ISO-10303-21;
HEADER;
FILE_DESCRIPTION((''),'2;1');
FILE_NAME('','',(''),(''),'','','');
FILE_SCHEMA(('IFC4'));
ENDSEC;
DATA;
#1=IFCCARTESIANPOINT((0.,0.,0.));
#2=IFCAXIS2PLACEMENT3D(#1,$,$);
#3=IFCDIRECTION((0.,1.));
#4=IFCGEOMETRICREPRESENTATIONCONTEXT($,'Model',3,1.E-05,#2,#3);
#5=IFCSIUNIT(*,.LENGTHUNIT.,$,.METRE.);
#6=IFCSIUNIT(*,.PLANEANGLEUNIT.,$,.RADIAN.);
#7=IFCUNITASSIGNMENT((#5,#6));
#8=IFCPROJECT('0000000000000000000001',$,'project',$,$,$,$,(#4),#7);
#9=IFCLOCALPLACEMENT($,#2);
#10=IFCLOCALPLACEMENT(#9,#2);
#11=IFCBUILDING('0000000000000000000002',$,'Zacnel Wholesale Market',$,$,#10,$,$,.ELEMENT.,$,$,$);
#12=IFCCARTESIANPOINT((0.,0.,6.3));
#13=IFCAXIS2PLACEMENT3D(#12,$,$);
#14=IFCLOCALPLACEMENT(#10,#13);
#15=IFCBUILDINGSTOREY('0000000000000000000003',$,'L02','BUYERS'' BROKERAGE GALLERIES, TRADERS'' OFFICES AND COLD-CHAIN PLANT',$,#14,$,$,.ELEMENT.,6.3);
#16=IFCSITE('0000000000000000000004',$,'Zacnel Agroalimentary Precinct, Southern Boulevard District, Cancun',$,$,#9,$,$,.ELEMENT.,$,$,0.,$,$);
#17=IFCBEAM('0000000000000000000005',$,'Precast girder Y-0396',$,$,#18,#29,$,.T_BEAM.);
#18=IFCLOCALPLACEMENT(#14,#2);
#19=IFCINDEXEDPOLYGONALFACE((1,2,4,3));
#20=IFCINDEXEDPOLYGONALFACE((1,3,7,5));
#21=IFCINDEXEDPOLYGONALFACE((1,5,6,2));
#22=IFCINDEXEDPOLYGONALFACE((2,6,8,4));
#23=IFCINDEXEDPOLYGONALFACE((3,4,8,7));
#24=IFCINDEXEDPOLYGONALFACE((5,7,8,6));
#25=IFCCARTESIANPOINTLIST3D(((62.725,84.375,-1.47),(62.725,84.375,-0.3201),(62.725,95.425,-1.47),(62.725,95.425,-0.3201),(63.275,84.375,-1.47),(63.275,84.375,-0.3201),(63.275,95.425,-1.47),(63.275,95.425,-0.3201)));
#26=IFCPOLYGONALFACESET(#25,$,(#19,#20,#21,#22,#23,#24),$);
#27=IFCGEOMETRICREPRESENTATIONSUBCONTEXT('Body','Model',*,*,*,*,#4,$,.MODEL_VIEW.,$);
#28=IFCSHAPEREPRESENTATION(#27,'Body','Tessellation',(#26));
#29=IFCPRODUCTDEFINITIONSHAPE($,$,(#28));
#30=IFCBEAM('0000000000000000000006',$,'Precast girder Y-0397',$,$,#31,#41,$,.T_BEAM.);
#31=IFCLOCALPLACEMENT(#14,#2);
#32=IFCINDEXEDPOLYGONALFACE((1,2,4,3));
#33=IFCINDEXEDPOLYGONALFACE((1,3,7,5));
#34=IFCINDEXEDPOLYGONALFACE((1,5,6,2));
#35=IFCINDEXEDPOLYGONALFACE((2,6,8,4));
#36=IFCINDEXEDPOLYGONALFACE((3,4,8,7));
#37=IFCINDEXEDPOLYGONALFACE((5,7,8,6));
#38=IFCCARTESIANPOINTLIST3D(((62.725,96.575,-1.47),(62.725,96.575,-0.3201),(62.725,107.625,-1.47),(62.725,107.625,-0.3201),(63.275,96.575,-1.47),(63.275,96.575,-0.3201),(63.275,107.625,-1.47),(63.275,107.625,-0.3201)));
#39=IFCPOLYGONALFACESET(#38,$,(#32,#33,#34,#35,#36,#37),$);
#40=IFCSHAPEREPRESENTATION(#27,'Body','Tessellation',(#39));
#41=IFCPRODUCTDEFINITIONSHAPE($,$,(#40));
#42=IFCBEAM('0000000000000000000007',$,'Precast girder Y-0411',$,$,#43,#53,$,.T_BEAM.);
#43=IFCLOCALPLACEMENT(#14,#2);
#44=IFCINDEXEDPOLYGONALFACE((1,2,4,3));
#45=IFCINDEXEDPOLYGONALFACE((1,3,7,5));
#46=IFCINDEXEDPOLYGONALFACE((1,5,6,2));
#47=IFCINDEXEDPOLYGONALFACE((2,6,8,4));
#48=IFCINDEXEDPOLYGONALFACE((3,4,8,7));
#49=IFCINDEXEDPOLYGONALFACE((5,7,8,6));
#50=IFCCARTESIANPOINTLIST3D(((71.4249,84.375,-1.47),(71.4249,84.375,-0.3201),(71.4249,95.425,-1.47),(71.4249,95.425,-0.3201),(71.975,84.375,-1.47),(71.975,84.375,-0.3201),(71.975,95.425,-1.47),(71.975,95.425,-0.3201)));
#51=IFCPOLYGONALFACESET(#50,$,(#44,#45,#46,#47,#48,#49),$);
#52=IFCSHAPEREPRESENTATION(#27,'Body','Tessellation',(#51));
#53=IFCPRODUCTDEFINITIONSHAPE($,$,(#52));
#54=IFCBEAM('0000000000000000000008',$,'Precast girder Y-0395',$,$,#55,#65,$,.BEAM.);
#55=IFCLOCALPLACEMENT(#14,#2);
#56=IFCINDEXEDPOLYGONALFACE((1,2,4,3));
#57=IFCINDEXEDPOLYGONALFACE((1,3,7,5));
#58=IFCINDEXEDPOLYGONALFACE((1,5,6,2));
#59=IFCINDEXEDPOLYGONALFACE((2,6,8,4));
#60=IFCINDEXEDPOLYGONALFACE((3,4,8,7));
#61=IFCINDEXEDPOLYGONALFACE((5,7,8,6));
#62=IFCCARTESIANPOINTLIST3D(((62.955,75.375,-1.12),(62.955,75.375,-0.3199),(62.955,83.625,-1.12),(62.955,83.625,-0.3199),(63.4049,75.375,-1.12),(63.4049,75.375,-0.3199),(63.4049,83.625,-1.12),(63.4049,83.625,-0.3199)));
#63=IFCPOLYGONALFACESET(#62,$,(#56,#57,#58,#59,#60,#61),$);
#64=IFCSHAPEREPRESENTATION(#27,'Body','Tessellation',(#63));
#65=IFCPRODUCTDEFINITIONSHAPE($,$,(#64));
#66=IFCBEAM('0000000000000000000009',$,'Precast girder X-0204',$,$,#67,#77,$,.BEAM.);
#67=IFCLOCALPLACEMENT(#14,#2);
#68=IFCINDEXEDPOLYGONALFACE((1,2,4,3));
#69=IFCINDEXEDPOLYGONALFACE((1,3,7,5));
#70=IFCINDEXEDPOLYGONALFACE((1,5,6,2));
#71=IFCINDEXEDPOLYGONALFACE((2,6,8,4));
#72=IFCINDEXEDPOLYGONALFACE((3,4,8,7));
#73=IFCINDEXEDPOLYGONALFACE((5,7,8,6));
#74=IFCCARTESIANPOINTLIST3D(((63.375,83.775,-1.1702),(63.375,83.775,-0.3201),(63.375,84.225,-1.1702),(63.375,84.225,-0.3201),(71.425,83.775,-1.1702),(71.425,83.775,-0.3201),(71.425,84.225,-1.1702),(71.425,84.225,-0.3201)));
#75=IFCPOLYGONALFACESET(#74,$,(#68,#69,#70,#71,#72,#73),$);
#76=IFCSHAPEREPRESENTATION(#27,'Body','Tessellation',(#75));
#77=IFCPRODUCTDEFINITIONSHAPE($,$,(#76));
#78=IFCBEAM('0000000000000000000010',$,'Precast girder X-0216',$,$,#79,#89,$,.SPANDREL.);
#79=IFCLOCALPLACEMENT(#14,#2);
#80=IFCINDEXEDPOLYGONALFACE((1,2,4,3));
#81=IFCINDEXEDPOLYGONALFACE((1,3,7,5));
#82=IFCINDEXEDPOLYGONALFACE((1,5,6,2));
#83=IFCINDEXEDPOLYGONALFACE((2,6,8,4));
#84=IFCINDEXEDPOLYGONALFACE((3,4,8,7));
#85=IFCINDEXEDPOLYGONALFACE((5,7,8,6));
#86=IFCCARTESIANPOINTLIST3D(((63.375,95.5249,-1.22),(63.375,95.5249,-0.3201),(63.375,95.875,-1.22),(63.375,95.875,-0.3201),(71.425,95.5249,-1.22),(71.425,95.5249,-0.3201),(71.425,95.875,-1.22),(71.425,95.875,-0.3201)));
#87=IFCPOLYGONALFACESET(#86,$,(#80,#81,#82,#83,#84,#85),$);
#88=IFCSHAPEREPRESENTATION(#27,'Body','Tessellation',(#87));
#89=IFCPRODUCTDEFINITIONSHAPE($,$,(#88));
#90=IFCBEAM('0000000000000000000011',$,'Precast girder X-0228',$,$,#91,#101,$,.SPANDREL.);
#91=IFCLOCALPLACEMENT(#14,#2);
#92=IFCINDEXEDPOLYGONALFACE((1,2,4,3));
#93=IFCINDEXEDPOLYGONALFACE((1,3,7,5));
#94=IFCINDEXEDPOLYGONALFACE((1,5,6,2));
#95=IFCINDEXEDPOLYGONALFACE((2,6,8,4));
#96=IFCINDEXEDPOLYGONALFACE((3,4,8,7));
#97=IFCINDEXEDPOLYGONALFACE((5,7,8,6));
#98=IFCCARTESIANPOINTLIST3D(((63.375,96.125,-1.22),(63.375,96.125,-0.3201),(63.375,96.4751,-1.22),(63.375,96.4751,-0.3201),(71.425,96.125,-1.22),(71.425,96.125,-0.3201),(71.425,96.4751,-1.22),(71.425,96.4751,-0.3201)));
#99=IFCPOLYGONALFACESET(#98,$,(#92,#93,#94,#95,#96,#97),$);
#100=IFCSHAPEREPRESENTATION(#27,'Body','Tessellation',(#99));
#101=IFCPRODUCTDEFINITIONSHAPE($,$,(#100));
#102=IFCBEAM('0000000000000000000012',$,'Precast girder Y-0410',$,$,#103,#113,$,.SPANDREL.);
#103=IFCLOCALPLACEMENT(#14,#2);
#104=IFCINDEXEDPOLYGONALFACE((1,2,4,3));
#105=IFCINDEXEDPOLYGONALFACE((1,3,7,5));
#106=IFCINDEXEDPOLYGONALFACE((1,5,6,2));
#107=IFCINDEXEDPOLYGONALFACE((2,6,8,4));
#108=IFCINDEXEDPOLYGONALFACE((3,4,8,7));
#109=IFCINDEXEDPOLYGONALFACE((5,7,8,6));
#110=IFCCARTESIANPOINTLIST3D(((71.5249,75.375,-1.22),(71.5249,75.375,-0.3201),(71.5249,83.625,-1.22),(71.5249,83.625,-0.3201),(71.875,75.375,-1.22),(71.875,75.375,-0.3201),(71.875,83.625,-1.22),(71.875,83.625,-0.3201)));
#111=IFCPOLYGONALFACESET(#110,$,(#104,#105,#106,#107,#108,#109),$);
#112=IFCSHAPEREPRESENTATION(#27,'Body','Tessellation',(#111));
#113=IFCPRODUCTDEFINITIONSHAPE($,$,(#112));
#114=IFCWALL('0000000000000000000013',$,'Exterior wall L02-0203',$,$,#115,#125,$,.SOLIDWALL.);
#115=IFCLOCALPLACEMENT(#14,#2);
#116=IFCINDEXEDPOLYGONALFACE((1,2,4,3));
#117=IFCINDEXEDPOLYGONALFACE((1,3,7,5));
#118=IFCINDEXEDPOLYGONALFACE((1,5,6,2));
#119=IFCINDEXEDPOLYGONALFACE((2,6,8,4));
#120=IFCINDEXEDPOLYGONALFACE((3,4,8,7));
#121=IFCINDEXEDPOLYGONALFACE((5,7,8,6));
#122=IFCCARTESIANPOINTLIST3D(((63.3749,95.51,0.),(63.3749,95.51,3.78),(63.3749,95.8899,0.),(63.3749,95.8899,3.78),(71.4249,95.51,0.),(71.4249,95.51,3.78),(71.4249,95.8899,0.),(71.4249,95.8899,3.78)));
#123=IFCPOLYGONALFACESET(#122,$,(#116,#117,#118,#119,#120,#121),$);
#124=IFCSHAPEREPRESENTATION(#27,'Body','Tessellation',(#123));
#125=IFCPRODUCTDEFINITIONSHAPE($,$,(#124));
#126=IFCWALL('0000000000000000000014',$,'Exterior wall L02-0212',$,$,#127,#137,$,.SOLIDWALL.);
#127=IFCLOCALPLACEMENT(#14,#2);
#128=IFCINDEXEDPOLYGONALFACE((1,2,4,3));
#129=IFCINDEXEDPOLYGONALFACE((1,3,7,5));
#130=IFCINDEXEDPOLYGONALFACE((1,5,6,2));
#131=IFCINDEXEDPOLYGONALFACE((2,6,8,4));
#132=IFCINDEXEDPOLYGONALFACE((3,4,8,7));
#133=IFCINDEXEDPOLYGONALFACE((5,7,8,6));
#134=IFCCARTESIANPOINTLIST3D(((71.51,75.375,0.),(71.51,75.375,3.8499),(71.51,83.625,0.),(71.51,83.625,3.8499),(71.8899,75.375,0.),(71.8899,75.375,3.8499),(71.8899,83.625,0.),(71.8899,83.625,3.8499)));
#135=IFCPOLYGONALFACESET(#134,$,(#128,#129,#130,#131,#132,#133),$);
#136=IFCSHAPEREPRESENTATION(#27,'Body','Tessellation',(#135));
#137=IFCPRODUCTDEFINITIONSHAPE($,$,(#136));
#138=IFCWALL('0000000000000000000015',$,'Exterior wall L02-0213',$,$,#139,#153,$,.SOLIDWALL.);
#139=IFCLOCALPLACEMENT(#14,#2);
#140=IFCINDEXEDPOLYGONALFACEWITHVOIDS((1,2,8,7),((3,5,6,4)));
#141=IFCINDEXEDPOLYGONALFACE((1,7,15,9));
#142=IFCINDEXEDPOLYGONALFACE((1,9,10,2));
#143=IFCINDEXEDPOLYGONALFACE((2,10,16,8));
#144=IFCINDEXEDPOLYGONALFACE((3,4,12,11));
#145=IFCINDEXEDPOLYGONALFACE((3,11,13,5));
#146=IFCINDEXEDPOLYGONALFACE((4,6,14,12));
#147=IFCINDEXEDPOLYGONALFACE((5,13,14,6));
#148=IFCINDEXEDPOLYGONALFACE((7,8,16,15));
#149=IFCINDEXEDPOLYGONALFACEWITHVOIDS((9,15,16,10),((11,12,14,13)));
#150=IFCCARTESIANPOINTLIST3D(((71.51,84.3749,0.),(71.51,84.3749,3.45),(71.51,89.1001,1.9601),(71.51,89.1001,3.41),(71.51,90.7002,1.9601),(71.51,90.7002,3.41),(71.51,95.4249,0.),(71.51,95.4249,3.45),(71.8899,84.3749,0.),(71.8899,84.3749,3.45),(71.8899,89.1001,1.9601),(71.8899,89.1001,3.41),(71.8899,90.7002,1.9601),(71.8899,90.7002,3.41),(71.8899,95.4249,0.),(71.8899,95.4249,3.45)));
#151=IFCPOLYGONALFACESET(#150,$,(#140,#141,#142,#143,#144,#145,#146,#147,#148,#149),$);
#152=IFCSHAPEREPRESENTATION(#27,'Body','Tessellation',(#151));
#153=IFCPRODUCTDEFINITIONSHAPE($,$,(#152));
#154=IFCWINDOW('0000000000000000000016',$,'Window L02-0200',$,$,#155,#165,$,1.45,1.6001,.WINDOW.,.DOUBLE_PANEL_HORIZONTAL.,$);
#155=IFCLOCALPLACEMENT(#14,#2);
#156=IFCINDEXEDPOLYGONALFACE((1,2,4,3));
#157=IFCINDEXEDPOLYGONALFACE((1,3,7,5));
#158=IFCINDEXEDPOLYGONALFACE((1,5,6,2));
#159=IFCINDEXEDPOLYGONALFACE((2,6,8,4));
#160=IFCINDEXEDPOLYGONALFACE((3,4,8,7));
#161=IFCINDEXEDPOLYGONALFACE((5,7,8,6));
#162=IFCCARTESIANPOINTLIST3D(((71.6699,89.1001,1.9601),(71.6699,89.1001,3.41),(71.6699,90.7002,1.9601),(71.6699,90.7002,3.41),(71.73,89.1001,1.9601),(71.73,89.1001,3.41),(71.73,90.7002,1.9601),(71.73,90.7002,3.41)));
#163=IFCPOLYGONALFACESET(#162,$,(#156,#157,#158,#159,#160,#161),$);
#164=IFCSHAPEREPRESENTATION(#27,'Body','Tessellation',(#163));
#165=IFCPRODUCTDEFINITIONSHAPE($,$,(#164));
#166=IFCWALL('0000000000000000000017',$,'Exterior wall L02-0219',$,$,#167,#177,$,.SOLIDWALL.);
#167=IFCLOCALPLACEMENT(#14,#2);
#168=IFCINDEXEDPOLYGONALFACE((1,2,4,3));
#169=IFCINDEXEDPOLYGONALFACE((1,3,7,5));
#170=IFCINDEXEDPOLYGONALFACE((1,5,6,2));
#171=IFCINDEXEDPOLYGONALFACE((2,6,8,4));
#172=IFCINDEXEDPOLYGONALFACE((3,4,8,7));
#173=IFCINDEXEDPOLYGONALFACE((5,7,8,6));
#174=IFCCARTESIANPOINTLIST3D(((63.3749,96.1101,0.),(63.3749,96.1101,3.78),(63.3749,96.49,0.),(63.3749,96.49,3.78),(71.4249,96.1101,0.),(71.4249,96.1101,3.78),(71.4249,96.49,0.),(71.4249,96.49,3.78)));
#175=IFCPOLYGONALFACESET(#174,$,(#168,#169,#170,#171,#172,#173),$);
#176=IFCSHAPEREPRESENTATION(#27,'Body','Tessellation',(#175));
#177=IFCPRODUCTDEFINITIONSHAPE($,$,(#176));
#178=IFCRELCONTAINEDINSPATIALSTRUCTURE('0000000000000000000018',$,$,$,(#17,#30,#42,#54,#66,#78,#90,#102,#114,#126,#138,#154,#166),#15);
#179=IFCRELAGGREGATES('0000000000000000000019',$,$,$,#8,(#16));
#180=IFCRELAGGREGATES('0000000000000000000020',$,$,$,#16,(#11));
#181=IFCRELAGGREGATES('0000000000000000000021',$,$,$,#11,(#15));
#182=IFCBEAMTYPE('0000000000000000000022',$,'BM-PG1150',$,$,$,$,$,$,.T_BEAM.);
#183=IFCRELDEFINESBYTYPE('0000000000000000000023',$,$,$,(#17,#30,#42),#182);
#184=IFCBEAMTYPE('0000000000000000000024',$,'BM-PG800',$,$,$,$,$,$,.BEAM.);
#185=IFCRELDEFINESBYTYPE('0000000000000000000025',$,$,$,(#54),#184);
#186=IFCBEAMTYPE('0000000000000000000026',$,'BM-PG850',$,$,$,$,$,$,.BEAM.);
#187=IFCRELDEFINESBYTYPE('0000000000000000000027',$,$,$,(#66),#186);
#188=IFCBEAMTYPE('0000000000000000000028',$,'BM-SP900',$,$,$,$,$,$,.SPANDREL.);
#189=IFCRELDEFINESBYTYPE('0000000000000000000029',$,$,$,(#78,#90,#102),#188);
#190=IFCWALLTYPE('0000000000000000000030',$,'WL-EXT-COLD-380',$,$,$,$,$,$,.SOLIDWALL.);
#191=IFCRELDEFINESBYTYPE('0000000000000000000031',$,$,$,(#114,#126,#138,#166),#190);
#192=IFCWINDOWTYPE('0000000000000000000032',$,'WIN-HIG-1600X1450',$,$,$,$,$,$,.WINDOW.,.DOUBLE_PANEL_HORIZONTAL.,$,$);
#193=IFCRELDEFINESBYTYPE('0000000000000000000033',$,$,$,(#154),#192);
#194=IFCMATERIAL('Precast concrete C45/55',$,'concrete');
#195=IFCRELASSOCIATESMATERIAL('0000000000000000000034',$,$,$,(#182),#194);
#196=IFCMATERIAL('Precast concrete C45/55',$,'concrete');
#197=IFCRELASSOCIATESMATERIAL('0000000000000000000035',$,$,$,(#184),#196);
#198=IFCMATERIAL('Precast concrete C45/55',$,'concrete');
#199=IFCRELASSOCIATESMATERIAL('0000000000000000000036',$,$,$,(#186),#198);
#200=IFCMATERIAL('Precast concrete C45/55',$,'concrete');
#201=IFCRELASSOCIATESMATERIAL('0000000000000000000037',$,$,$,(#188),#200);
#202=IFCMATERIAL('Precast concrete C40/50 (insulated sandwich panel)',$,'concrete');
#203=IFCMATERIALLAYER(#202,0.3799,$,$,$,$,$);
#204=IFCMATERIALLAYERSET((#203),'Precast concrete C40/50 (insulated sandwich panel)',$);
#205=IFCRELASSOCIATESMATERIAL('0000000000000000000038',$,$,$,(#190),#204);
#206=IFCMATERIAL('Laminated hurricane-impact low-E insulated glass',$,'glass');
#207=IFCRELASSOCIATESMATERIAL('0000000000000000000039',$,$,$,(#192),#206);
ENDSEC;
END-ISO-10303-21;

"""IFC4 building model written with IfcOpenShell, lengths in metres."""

from ifc_helpers import new_model, si_unit, direction, frame, frame_2d, origin, origin_2d, place, context, subcontext, project, spatial, rectangle, extrude, material, layer, layer_set, material_profile, profile_set, type_object, element, fill, save


model = new_model("IFC4")

# Units and contexts
model_context = context("Model", 3, precision=1e-05, world=origin(), true_north=direction((0.0, 1.0)))
body_context = subcontext(model_context, "Body", "Model", "MODEL_VIEW")
ifc_project = project(units=[si_unit("LENGTHUNIT", "METRE"), si_unit("PLANEANGLEUNIT", "RADIAN")], contexts=[model_context])

# Site, building, storey
site_placement = place(None, origin())
site = spatial("IfcSite", under=ifc_project, at=site_placement, Name="Zacnel Agroalimentary Precinct, Southern Boulevard District, Cancun", CompositionType="ELEMENT", RefElevation=0.0)
building_placement = place(site_placement, origin())
building = spatial("IfcBuilding", under=site, at=building_placement, Name="Zacnel Wholesale Market", CompositionType="ELEMENT")
storey_placement = place(building_placement, frame((0.0, 0.0, 6.3)))
storey = spatial("IfcBuildingStorey", under=building, at=storey_placement, Name="L02", Description="BUYERS' BROKERAGE GALLERIES, TRADERS' OFFICES AND COLD-CHAIN PLANT", CompositionType="ELEMENT", Elevation=6.3)

# Beams
ifc_material_1 = material(Name="Precast concrete C45/55", Category="concrete")
ifc_material_profile_1 = material_profile(ifc_material_1, rectangle(XDim=0.55, YDim=1.1499, at=origin_2d()), Name="PG 550x1150")
ifc_profile_set_1 = profile_set([ifc_material_profile_1], Name="Precast concrete C45/55")
beam_type_1 = type_object("IfcBeamType", Name="BM-PG1150", PredefinedType="T_BEAM", material=ifc_profile_set_1)
for number, where, z_axis, x_axis, name in (
    (1, (63.0, 84.375, -0.895), (0.0, 1.0, 0.0), (-1.0, 0.0, 0.0), "Precast girder Y-0396"),
    (2, (63.0, 96.575, -0.895), (0.0, 1.0, 0.0), (-1.0, 0.0, 0.0), "Precast girder Y-0397"),
    (3, (71.7, 84.375, -0.895), (0.0, 1.0, 0.0), (-1.0, 0.0, 0.0), "Precast girder Y-0411"),
):
    element("IfcBeam", number, at=place(storey_placement, frame(where, z_axis=z_axis, x_axis=x_axis)), inside=storey, type_object=beam_type_1, Name=name, PredefinedType="T_BEAM", context=body_context, shape_type="SweptSolid", body=[
        extrude(rectangle(XDim=0.55, YDim=1.1499, at=origin_2d()), origin(), (0.0, 0.0, 1.0), 11.05),
    ])
ifc_material_2 = material(Name="Precast concrete C45/55", Category="concrete")
ifc_material_profile_2 = material_profile(ifc_material_2, rectangle(XDim=0.45, YDim=0.8, at=origin_2d()), Name="PG 450x800")
ifc_profile_set_2 = profile_set([ifc_material_profile_2], Name="Precast concrete C45/55")
beam_type_2 = type_object("IfcBeamType", Name="BM-PG800", PredefinedType="BEAM", material=ifc_profile_set_2)
beam_1_placement = place(storey_placement, frame((63.1799, 75.375, -0.72), z_axis=(0.0, 1.0, 0.0), x_axis=(-1.0, 0.0, 0.0)))
element("IfcBeam", 4, at=beam_1_placement, inside=storey, type_object=beam_type_2, Name="Precast girder Y-0395", PredefinedType="BEAM", context=body_context, shape_type="SweptSolid", body=[
    extrude(rectangle(XDim=0.45, YDim=0.8, at=origin_2d()), origin(), (0.0, 0.0, 1.0), 8.25),
])
ifc_material_3 = material(Name="Precast concrete C45/55", Category="concrete")
ifc_material_profile_3 = material_profile(ifc_material_3, rectangle(XDim=0.45, YDim=0.8501, at=origin_2d()), Name="PG 450x850")
ifc_profile_set_3 = profile_set([ifc_material_profile_3], Name="Precast concrete C45/55")
beam_type_3 = type_object("IfcBeamType", Name="BM-PG850", PredefinedType="BEAM", material=ifc_profile_set_3)
beam_2_placement = place(storey_placement, frame((63.375, 84.0, -0.7451), z_axis=(1.0, 0.0, 0.0), x_axis=(0.0, 1.0, 0.0)))
element("IfcBeam", 5, at=beam_2_placement, inside=storey, type_object=beam_type_3, Name="Precast girder X-0204", PredefinedType="BEAM", context=body_context, shape_type="SweptSolid", body=[
    extrude(rectangle(XDim=0.45, YDim=0.8501, at=origin_2d()), origin(), (0.0, 0.0, 1.0), 8.05),
])
ifc_material_4 = material(Name="Precast concrete C45/55", Category="concrete")
ifc_material_profile_4 = material_profile(ifc_material_4, rectangle(XDim=0.3501, YDim=0.8999, at=origin_2d()), Name="SP 350x900")
ifc_profile_set_4 = profile_set([ifc_material_profile_4], Name="Precast concrete C45/55")
beam_type_4 = type_object("IfcBeamType", Name="BM-SP900", PredefinedType="SPANDREL", material=ifc_profile_set_4)
for number, where, z_axis, x_axis, name in (
    (6, (63.375, 95.7, -0.77), (1.0, 0.0, 0.0), (0.0, 1.0, 0.0), "Precast girder X-0216"),
    (7, (63.375, 96.3, -0.77), (1.0, 0.0, 0.0), (0.0, 1.0, 0.0), "Precast girder X-0228"),
):
    element("IfcBeam", number, at=place(storey_placement, frame(where, z_axis=z_axis, x_axis=x_axis)), inside=storey, type_object=beam_type_4, Name=name, PredefinedType="SPANDREL", context=body_context, shape_type="SweptSolid", body=[
        extrude(rectangle(XDim=0.3501, YDim=0.8999, at=origin_2d()), origin(), (0.0, 0.0, 1.0), 8.05),
    ])
beam_3_placement = place(storey_placement, frame((71.7, 75.375, -0.77), z_axis=(0.0, 1.0, 0.0), x_axis=(-1.0, 0.0, 0.0)))
element("IfcBeam", 8, at=beam_3_placement, inside=storey, type_object=beam_type_4, Name="Precast girder Y-0410", PredefinedType="SPANDREL", context=body_context, shape_type="SweptSolid", body=[
    extrude(rectangle(XDim=0.3501, YDim=0.8999, at=origin_2d()), origin(), (0.0, 0.0, 1.0), 8.25),
])

# Walls
ifc_material_5 = material(Name="Precast concrete C40/50 (insulated sandwich panel)", Category="concrete")
ifc_layer_1 = layer(ifc_material_5, 0.3799)
ifc_layer_set_1 = layer_set([ifc_layer_1], Name="Precast concrete C40/50 (insulated sandwich panel)")
wall_type_1 = type_object("IfcWallType", Name="WL-EXT-COLD-380", PredefinedType="SOLIDWALL", material=ifc_layer_set_1)
wall_1_placement = place(storey_placement, frame((63.375, 95.7, 0.0), z_axis=(0.0, 0.0, 1.0), x_axis=(1.0, 0.0, 0.0)))
element("IfcWall", 9, at=wall_1_placement, inside=storey, type_object=wall_type_1, Name="Exterior wall L02-0203", PredefinedType="SOLIDWALL", context=body_context, shape_type="SweptSolid", body=[
    extrude(rectangle(XDim=8.05, YDim=0.3799, at=frame_2d((4.0249, 0.0))), origin(), (0.0, 0.0, 1.0), 3.78),
])
wall_2_placement = place(storey_placement, frame((71.7, 75.375, 0.0), z_axis=(0.0, 0.0, 1.0), x_axis=(0.0, 1.0, 0.0)))
element("IfcWall", 10, at=wall_2_placement, inside=storey, type_object=wall_type_1, Name="Exterior wall L02-0212", PredefinedType="SOLIDWALL", context=body_context, shape_type="SweptSolid", body=[
    extrude(rectangle(XDim=8.25, YDim=0.3799, at=frame_2d((4.125, 0.0))), origin(), (0.0, 0.0, 1.0), 3.8499),
])

# Wall, opening, window
wall_3_placement = place(storey_placement, frame((71.7, 84.375, 0.0), z_axis=(0.0, 0.0, 1.0), x_axis=(0.0, 1.0, 0.0)))
wall_3 = element("IfcWall", 11, at=wall_3_placement, inside=storey, type_object=wall_type_1, Name="Exterior wall L02-0213", PredefinedType="SOLIDWALL", context=body_context, shape_type="SweptSolid", body=[
    extrude(rectangle(XDim=11.05, YDim=0.3799, at=frame_2d((5.5249, 0.0))), origin(), (0.0, 0.0, 1.0), 3.45),
])
opening_1_placement = place(wall_3_placement, frame((4.7251, 0.0, 1.96)))
opening_1 = element("IfcOpeningElement", 12, at=opening_1_placement, cuts=wall_3, PredefinedType="OPENING", context=body_context, shape_type="SweptSolid", body=[
    extrude(rectangle(XDim=1.6001, YDim=1.45, at=frame_2d((0.8, 0.7251))), frame((0.0, 0.2, 0.0), z_axis=(0.0, -1.0, 0.0), x_axis=(1.0, 0.0, 0.0)), (0.0, 0.0, 1.0), 0.3999),
])
ifc_material_6 = material(Name="Laminated hurricane-impact low-E insulated glass", Category="glass")
window_type = type_object("IfcWindowType", Name="WIN-HIG-1600X1450", PartitioningType="DOUBLE_PANEL_HORIZONTAL", PredefinedType="WINDOW", material=ifc_material_6)
window_placement = place(opening_1_placement, origin())
window = element("IfcWindow", 13, at=window_placement, inside=storey, type_object=window_type, Name="Window L02-0200", OverallHeight=1.45, OverallWidth=1.6001, PartitioningType="DOUBLE_PANEL_HORIZONTAL", PredefinedType="WINDOW", context=body_context, shape_type="SweptSolid", body=[
    extrude(rectangle(XDim=1.6001, YDim=1.45, at=frame_2d((0.8, 0.7251))), frame((0.0, 0.03, 0.0), z_axis=(0.0, -1.0, 0.0), x_axis=(1.0, 0.0, 0.0)), (0.0, 0.0, 1.0), 0.0601),
])
fill(opening_1, window)

# Wall
wall_4_placement = place(storey_placement, frame((63.375, 96.3, 0.0), z_axis=(0.0, 0.0, 1.0), x_axis=(1.0, 0.0, 0.0)))
element("IfcWall", 14, at=wall_4_placement, inside=storey, type_object=wall_type_1, Name="Exterior wall L02-0219", PredefinedType="SOLIDWALL", context=body_context, shape_type="SweptSolid", body=[
    extrude(rectangle(XDim=8.05, YDim=0.3799, at=frame_2d((4.0249, 0.0))), origin(), (0.0, 0.0, 1.0), 3.78),
])

save(model, "model.ifc")
